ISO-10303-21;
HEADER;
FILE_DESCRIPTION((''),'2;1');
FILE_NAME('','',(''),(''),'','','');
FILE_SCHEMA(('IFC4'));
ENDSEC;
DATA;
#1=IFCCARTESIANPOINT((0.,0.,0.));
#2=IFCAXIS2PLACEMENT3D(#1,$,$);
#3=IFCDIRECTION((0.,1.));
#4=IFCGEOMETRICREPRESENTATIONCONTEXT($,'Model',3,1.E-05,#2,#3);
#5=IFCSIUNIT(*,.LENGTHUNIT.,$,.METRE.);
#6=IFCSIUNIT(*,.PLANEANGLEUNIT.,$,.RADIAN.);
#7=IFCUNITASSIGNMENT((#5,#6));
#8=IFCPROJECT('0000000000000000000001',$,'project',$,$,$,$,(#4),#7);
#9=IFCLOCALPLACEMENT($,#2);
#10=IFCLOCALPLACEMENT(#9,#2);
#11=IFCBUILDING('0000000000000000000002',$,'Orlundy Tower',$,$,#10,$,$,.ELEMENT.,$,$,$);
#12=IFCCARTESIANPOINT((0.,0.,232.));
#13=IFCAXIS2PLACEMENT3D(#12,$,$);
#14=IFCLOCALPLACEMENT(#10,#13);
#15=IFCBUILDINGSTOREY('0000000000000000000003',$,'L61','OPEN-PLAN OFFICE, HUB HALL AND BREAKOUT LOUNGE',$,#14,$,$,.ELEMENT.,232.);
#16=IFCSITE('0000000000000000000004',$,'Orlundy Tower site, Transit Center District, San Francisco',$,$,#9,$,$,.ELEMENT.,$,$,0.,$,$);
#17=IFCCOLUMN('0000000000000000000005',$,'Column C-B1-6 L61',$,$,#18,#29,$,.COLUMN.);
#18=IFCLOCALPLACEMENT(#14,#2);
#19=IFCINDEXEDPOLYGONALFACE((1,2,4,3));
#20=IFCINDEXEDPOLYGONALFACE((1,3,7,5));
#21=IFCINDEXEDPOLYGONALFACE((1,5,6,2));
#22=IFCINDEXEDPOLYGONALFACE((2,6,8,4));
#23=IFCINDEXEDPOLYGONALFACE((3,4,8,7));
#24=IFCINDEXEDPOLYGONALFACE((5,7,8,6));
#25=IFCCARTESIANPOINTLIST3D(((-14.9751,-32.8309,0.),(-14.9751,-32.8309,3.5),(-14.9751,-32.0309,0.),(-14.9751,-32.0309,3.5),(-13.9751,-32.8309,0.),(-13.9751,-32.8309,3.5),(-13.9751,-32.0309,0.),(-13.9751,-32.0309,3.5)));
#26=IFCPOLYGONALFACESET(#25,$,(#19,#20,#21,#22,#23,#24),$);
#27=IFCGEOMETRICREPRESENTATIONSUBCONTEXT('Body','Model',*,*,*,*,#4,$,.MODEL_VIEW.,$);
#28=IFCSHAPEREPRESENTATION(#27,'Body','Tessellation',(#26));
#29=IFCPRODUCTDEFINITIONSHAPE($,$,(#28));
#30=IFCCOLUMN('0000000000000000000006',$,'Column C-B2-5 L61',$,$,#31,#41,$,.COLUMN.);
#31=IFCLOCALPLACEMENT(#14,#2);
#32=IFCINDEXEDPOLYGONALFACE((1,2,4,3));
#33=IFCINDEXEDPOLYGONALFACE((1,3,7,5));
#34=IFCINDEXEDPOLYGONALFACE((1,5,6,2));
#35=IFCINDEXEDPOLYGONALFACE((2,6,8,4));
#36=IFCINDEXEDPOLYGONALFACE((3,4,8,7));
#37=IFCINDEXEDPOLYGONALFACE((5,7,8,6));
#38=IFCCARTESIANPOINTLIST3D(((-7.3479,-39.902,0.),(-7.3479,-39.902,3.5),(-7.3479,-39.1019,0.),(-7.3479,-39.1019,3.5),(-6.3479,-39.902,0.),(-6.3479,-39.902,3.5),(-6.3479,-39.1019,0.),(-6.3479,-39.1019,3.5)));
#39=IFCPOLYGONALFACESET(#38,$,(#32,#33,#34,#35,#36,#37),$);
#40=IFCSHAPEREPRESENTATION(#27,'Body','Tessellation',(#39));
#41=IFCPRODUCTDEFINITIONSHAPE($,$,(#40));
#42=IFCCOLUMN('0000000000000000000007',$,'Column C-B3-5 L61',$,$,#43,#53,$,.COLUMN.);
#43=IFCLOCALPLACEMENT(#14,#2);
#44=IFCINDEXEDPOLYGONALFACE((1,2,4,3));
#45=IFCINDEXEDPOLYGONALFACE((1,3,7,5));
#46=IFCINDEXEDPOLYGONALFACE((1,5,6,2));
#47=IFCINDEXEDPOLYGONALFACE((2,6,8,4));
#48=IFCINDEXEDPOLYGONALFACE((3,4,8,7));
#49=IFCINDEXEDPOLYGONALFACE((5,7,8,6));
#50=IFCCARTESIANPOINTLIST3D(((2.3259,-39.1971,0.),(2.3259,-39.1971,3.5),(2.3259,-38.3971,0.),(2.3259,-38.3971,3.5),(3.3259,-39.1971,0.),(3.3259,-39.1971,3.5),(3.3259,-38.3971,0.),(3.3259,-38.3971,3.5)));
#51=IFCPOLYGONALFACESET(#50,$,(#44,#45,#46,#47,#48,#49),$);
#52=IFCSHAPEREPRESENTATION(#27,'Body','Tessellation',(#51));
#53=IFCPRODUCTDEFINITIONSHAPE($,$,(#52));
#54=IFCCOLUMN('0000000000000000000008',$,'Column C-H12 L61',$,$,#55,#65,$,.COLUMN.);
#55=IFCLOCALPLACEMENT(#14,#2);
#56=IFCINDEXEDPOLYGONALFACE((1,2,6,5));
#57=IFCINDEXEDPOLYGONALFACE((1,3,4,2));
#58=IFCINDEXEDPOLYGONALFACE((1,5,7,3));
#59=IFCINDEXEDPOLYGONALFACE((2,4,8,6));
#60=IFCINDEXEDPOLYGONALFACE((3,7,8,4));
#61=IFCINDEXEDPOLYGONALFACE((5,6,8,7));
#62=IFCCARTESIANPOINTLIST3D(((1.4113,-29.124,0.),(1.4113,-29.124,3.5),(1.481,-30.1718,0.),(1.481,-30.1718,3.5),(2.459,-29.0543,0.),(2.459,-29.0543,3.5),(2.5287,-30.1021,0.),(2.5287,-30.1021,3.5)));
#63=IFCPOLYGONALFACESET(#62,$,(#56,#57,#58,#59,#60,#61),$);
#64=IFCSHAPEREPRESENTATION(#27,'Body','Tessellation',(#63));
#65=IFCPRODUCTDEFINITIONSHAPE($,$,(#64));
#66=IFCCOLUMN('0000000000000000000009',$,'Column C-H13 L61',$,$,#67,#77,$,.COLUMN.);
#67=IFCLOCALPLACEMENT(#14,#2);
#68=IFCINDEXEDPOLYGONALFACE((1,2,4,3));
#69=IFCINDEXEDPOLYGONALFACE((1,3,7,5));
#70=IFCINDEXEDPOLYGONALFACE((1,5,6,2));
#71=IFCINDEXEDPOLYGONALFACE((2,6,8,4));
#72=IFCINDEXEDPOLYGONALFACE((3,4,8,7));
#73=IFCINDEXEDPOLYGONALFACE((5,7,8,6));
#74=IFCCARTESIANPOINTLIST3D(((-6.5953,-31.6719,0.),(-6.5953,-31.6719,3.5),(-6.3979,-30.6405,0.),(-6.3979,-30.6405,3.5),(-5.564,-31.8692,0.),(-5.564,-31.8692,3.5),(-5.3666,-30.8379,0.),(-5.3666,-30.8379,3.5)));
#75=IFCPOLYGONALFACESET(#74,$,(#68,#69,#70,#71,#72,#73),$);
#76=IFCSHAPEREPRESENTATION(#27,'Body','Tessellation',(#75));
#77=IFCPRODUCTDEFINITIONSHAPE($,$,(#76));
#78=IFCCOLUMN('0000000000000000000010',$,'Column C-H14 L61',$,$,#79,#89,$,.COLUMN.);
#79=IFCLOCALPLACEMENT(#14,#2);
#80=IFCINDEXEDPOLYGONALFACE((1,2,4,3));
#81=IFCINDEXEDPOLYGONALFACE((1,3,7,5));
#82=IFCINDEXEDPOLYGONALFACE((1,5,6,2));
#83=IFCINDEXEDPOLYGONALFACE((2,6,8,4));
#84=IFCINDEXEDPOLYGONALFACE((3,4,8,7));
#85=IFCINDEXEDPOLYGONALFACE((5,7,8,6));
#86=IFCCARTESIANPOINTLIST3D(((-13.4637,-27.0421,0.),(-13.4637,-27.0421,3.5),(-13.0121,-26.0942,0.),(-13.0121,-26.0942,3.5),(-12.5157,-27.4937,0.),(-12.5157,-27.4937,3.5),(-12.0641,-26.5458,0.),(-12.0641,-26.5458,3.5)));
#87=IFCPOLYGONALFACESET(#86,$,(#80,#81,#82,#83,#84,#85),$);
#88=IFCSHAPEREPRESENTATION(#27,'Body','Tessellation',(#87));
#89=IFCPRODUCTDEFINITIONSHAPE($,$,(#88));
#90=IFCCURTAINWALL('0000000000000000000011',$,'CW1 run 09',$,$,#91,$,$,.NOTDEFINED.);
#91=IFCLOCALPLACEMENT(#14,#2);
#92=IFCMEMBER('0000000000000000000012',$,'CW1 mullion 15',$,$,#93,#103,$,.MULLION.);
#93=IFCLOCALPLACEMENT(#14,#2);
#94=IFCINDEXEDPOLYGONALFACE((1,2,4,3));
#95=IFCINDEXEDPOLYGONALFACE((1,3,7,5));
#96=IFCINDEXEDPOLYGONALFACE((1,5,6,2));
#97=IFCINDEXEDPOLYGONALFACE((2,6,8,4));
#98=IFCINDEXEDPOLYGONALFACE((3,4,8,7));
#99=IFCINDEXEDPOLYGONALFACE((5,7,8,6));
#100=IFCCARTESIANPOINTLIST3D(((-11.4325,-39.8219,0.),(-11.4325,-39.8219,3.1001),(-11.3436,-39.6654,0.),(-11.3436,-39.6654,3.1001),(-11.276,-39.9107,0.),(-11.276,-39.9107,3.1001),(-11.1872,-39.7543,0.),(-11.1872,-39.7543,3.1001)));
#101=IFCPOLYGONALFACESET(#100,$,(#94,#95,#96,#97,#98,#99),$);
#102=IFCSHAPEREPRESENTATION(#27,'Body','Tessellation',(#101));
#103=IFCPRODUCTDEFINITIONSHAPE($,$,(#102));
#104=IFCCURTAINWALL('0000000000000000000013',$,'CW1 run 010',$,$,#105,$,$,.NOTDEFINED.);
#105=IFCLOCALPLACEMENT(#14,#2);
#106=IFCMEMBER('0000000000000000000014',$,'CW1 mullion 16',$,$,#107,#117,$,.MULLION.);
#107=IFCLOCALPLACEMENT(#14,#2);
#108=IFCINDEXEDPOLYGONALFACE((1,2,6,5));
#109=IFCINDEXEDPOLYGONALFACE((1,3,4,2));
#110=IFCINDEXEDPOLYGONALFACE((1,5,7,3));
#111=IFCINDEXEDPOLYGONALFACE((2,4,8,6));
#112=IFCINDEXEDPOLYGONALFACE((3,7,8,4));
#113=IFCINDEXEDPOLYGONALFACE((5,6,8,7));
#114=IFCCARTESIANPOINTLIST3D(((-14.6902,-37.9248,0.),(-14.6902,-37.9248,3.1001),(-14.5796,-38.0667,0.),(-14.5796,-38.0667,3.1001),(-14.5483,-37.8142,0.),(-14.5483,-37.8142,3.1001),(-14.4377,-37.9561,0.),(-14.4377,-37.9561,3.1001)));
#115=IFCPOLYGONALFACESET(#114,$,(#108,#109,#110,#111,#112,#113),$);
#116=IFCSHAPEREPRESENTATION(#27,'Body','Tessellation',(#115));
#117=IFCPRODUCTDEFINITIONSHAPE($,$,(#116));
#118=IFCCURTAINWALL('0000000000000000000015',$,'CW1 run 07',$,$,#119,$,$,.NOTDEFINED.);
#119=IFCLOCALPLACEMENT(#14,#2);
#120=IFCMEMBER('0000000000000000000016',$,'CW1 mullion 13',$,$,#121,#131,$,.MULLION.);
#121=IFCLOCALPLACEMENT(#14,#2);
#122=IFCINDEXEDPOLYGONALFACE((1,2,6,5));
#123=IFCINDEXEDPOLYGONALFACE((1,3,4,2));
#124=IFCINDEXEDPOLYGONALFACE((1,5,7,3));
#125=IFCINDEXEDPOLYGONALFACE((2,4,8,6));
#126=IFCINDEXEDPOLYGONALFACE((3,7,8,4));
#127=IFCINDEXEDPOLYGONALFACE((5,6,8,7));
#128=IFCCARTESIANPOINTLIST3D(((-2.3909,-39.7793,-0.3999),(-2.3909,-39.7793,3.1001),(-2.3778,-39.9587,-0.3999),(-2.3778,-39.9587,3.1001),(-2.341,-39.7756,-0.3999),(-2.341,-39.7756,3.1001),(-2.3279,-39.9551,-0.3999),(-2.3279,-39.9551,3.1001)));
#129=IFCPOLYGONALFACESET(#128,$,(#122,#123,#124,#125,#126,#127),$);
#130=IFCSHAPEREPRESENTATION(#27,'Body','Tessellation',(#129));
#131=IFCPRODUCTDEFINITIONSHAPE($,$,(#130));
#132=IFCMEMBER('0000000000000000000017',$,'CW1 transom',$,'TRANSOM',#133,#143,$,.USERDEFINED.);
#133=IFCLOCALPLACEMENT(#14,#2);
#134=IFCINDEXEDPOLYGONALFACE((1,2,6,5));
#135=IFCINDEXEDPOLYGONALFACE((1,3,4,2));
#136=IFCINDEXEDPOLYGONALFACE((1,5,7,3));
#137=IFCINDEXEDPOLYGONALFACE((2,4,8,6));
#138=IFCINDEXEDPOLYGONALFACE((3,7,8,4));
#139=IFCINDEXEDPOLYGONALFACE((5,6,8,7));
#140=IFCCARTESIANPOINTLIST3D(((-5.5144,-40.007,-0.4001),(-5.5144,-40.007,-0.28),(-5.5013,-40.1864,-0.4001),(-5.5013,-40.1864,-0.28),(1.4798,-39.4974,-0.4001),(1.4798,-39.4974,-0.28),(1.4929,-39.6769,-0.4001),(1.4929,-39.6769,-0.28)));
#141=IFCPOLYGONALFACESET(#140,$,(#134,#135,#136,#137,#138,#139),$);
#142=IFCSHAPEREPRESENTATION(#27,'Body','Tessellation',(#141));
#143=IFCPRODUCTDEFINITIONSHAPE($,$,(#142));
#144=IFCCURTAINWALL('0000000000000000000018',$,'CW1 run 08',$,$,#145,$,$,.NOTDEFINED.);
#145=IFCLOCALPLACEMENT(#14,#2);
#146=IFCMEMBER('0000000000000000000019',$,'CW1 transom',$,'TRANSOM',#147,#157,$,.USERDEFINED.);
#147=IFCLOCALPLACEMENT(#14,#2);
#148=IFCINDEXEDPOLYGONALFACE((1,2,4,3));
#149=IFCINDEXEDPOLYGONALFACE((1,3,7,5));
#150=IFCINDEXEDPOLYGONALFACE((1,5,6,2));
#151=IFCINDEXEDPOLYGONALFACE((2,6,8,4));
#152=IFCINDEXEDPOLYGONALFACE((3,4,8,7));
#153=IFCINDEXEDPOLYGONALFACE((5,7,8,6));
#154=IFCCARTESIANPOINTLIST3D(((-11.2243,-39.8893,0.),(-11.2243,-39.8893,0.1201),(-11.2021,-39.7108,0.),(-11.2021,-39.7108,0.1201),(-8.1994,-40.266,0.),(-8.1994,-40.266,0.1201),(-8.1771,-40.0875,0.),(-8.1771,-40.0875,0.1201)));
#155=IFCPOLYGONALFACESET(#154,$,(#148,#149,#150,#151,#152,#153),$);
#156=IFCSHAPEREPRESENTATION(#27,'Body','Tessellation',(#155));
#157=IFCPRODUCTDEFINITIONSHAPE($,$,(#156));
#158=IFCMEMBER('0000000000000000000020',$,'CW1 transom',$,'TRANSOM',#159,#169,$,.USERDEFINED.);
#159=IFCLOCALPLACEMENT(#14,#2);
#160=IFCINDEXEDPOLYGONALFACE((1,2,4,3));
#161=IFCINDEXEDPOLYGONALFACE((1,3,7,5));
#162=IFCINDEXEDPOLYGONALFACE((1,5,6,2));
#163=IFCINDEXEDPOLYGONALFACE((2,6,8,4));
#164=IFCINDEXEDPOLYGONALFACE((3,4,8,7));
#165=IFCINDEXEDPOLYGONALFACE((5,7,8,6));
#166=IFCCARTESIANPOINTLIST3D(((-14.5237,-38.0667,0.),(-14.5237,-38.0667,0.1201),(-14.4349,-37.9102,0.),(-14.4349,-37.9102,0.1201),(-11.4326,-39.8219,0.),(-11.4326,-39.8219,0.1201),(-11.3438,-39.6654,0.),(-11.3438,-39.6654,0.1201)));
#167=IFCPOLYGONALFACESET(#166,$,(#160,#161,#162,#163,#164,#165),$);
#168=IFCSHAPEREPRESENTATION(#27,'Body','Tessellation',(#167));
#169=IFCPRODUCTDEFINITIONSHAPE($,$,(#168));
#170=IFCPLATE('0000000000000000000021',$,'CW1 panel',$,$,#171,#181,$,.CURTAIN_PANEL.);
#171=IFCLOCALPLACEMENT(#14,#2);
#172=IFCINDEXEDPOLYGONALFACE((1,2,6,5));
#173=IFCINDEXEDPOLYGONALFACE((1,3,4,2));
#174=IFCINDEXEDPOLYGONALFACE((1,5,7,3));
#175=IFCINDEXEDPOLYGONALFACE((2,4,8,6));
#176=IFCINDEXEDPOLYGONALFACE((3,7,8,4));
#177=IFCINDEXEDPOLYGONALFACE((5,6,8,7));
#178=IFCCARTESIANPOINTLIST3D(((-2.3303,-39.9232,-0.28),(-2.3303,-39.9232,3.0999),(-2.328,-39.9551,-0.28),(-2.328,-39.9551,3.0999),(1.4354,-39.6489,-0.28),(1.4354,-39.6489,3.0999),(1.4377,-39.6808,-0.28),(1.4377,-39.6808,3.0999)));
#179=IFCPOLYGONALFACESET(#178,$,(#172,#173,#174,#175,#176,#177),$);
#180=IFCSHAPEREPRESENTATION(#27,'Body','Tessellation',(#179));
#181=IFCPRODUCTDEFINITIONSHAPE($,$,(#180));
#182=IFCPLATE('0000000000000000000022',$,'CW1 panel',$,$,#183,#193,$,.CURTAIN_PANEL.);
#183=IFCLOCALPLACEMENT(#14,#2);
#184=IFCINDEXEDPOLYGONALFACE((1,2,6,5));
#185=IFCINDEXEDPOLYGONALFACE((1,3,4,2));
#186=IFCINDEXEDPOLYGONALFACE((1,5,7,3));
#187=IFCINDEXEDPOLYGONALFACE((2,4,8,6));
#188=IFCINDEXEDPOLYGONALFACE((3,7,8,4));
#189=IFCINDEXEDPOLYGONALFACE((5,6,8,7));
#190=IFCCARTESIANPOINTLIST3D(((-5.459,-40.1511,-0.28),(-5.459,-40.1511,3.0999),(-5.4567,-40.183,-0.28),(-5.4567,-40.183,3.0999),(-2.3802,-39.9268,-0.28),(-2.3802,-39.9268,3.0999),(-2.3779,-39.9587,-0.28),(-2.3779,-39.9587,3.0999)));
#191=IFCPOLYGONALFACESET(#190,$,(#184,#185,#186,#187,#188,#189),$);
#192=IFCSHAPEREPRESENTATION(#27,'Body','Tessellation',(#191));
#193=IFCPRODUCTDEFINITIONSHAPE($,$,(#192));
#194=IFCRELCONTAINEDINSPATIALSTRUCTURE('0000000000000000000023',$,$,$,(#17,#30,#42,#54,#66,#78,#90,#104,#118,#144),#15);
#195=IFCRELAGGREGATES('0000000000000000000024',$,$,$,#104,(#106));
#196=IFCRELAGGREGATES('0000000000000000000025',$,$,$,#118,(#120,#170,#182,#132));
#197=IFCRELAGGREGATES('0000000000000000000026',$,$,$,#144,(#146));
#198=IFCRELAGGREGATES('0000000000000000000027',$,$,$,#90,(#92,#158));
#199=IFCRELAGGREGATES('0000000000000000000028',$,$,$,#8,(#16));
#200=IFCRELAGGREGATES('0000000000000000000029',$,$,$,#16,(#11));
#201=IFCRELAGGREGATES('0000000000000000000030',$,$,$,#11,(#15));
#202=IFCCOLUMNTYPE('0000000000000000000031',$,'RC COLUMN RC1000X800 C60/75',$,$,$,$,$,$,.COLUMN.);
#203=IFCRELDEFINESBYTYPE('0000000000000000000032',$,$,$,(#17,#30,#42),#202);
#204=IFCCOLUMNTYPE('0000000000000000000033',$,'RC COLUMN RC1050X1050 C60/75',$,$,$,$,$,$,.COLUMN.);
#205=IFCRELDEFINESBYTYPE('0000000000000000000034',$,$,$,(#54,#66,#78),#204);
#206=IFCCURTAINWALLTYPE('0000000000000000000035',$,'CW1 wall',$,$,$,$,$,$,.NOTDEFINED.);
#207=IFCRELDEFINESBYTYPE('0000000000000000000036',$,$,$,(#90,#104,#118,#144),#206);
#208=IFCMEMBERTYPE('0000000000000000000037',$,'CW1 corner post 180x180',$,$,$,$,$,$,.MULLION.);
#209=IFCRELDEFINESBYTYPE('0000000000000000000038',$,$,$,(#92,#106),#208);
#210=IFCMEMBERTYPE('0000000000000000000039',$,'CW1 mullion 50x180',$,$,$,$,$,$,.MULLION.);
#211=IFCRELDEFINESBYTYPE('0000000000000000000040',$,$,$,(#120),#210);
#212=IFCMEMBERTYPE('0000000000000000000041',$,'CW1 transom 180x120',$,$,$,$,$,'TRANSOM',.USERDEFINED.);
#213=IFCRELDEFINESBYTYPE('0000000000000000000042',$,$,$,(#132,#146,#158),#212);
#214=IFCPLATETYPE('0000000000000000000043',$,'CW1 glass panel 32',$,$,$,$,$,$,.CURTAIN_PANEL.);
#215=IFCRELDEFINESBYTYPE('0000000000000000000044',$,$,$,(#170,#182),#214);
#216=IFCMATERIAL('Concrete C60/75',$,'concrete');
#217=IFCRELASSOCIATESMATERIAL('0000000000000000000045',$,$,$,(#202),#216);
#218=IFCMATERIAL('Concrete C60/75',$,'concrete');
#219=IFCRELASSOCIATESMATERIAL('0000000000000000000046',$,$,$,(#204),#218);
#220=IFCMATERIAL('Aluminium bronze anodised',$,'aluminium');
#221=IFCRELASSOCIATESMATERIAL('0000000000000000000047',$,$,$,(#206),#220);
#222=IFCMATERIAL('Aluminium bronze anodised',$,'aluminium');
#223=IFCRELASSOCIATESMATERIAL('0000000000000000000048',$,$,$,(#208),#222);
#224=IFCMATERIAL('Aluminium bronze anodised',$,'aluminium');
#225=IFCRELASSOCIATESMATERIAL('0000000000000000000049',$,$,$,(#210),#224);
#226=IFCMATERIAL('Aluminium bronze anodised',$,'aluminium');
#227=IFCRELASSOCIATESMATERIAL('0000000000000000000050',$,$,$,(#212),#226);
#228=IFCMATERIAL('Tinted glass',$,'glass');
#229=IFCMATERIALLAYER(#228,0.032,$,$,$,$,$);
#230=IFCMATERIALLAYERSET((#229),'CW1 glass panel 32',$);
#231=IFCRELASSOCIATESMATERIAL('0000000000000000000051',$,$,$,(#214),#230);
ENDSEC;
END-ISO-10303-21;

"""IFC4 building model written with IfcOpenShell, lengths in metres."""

from ifc_helpers import new_model, si_unit, direction, frame, origin, origin_2d, place, context, subcontext, project, spatial, rectangle, extrude, material, layer, layer_set, material_profile, profile_set, type_object, element, aggregate, save


model = new_model("IFC4")

# Units and contexts
model_context = context("Model", 3, precision=1e-05, world=origin(), true_north=direction((0.0, 1.0)))
body_context = subcontext(model_context, "Body", "Model", "MODEL_VIEW")
ifc_project = project(units=[si_unit("LENGTHUNIT", "METRE"), si_unit("PLANEANGLEUNIT", "RADIAN")], contexts=[model_context])

# Site, building, storey
site_placement = place(None, origin())
site = spatial("IfcSite", under=ifc_project, at=site_placement, Name="Orlundy Tower site, Transit Center District, San Francisco", CompositionType="ELEMENT", RefElevation=0.0)
building_placement = place(site_placement, origin())
building = spatial("IfcBuilding", under=site, at=building_placement, Name="Orlundy Tower", CompositionType="ELEMENT")
storey_placement = place(building_placement, frame((0.0, 0.0, 232.0)))
storey = spatial("IfcBuildingStorey", under=building, at=storey_placement, Name="L61", Description="OPEN-PLAN OFFICE, HUB HALL AND BREAKOUT LOUNGE", CompositionType="ELEMENT", Elevation=232.0)

# Columns
ifc_material_1 = material(Name="Concrete C60/75", Category="concrete")
ifc_material_profile_1 = material_profile(ifc_material_1, rectangle(XDim=1.0, YDim=0.8, at=origin_2d()), Name="RC1000X800")
ifc_profile_set_1 = profile_set([ifc_material_profile_1], Name="Concrete C60/75")
column_type_1 = type_object("IfcColumnType", Name="RC COLUMN RC1000X800 C60/75", PredefinedType="COLUMN", material=ifc_profile_set_1)
for number, where, z_axis, x_axis, name in (
    (1, (-14.4751, -32.4309, 0.0), (0.0, 0.0, 1.0), (1.0, 0.0, 0.0), "Column C-B1-6 L61"),
    (2, (-6.8479, -39.502, 0.0), (0.0, 0.0, 1.0), (1.0, 0.0, 0.0), "Column C-B2-5 L61"),
    (3, (2.8259, -38.7971, 0.0), (0.0, 0.0, 1.0), (1.0, 0.0, 0.0), "Column C-B3-5 L61"),
):
    element("IfcColumn", number, at=place(storey_placement, frame(where, z_axis=z_axis, x_axis=x_axis)), inside=storey, type_object=column_type_1, Name=name, PredefinedType="COLUMN", context=body_context, shape_type="SweptSolid", body=[
        extrude(rectangle(XDim=1.0, YDim=0.8, at=origin_2d()), origin(), (0.0, 0.0, 1.0), 3.5),
    ])
ifc_material_2 = material(Name="Concrete C60/75", Category="concrete")
ifc_material_profile_2 = material_profile(ifc_material_2, rectangle(XDim=1.05, YDim=1.05, at=origin_2d()), Name="RC1050X1050")
ifc_profile_set_2 = profile_set([ifc_material_profile_2], Name="Concrete C60/75")
column_type_2 = type_object("IfcColumnType", Name="RC COLUMN RC1050X1050 C60/75", PredefinedType="COLUMN", material=ifc_profile_set_2)
for number, where, z_axis, x_axis, name in (
    (4, (1.97, -29.613, 0.0), (0.0, 0.0, 1.0), (0.066378, -0.997795, 0.0), "Column C-H12 L61"),
    (5, (-5.981, -31.2549, 0.0), (0.0, 0.0, 1.0), (-0.187947, -0.982179, 0.0), "Column C-H13 L61"),
    (6, (-12.7639, -26.7939, 0.0), (0.0, 0.0, 1.0), (-0.43007, -0.902796, 0.0), "Column C-H14 L61"),
):
    element("IfcColumn", number, at=place(storey_placement, frame(where, z_axis=z_axis, x_axis=x_axis)), inside=storey, type_object=column_type_2, Name=name, PredefinedType="COLUMN", context=body_context, shape_type="SweptSolid", body=[
        extrude(rectangle(XDim=1.05, YDim=1.05, at=origin_2d()), origin(), (0.0, 0.0, 1.0), 3.5),
    ])

# Curtain walls, members
ifc_material_3 = material(Name="Aluminium bronze anodised", Category="aluminium")
curtain_wall_type = type_object("IfcCurtainWallType", Name="CW1 wall", PredefinedType="NOTDEFINED", material=ifc_material_3)
curtain_wall_1_placement = place(storey_placement, origin())
curtain_wall_1 = element("IfcCurtainWall", 7, at=curtain_wall_1_placement, inside=storey, type_object=curtain_wall_type, Name="CW1 run 09", PredefinedType="NOTDEFINED")
ifc_material_4 = material(Name="Aluminium bronze anodised", Category="aluminium")
ifc_material_profile_3 = material_profile(ifc_material_4, rectangle(XDim=0.1799, YDim=0.1799, at=origin_2d()), Name="CW1 corner post 180x180")
ifc_profile_set_3 = profile_set([ifc_material_profile_3], Name="Aluminium bronze anodised")
member_type_1 = type_object("IfcMemberType", Name="CW1 corner post 180x180", PredefinedType="MULLION", material=ifc_profile_set_3)
member_1_placement = place(storey_placement, frame((-11.3098, -39.7881, 0.0), z_axis=(0.0, 0.0, 1.0), x_axis=(-0.493754, -0.869601, 0.0)))
member_1 = element("IfcMember", 8, at=member_1_placement, type_object=member_type_1, Name="CW1 mullion 15", PredefinedType="MULLION", context=body_context, shape_type="SweptSolid", body=[
    extrude(rectangle(XDim=0.1799, YDim=0.1799, at=origin_2d()), origin(), (0.0, 0.0, 1.0), 3.1001),
])
curtain_wall_2_placement = place(storey_placement, origin())
curtain_wall_2 = element("IfcCurtainWall", 9, at=curtain_wall_2_placement, inside=storey, type_object=curtain_wall_type, Name="CW1 run 010", PredefinedType="NOTDEFINED")
member_2_placement = place(storey_placement, frame((-14.564, -37.9404, 0.0), z_axis=(0.0, 0.0, 1.0), x_axis=(-0.788858, -0.614575, 0.0)))
member_2 = element("IfcMember", 10, at=member_2_placement, type_object=member_type_1, Name="CW1 mullion 16", PredefinedType="MULLION", context=body_context, shape_type="SweptSolid", body=[
    extrude(rectangle(XDim=0.1799, YDim=0.1799, at=origin_2d()), origin(), (0.0, 0.0, 1.0), 3.1001),
])
aggregate(curtain_wall_2, [member_2])

# Curtain wall, members
curtain_wall_3_placement = place(storey_placement, origin())
curtain_wall_3 = element("IfcCurtainWall", 11, at=curtain_wall_3_placement, inside=storey, type_object=curtain_wall_type, Name="CW1 run 07", PredefinedType="NOTDEFINED")
ifc_material_5 = material(Name="Aluminium bronze anodised", Category="aluminium")
ifc_material_profile_4 = material_profile(ifc_material_5, rectangle(XDim=0.1799, YDim=0.05, at=origin_2d()), Name="CW1 mullion 50x180")
ifc_profile_set_4 = profile_set([ifc_material_profile_4], Name="Aluminium bronze anodised")
member_type_2 = type_object("IfcMemberType", Name="CW1 mullion 50x180", PredefinedType="MULLION", material=ifc_profile_set_4)
member_3_placement = place(storey_placement, frame((-2.3594, -39.8672, -0.3999), z_axis=(0.0, 0.0, 1.0), x_axis=(0.072668, -0.997356, 0.0)))
member_3 = element("IfcMember", 12, at=member_3_placement, type_object=member_type_2, Name="CW1 mullion 13", PredefinedType="MULLION", context=body_context, shape_type="SweptSolid", body=[
    extrude(rectangle(XDim=0.1799, YDim=0.05, at=origin_2d()), origin(), (0.0, 0.0, 1.0), 3.5),
])
ifc_material_6 = material(Name="Aluminium bronze anodised", Category="aluminium")
ifc_material_profile_5 = material_profile(ifc_material_6, rectangle(XDim=0.1799, YDim=0.1201, at=origin_2d()), Name="CW1 transom 180x120")
ifc_profile_set_5 = profile_set([ifc_material_profile_5], Name="Aluminium bronze anodised")
member_type_3 = type_object("IfcMemberType", Name="CW1 transom 180x120", ElementType="TRANSOM", PredefinedType="USERDEFINED", material=ifc_profile_set_5)
member_4_placement = place(storey_placement, frame((1.4863, -39.5872, -0.3401), z_axis=(-0.997357, -0.072657, 0.0), x_axis=(0.072657, -0.997357, 0.0)))
member_4 = element("IfcMember", 13, at=member_4_placement, type_object=member_type_3, Name="CW1 transom", ObjectType="TRANSOM", PredefinedType="USERDEFINED", context=body_context, shape_type="SweptSolid", body=[
    extrude(rectangle(XDim=0.1799, YDim=0.1201, at=origin_2d()), origin(), (0.0, 0.0, 1.0), 7.0127),
])

# Curtain wall, member
curtain_wall_4_placement = place(storey_placement, origin())
curtain_wall_4 = element("IfcCurtainWall", 14, at=curtain_wall_4_placement, inside=storey, type_object=curtain_wall_type, Name="CW1 run 08", PredefinedType="NOTDEFINED")
member_5_placement = place(storey_placement, frame((-8.1882, -40.1768, 0.0601), z_axis=(-0.992334, 0.123581, 0.0), x_axis=(-0.123581, -0.992334, 0.0)))
member_5 = element("IfcMember", 15, at=member_5_placement, type_object=member_type_3, Name="CW1 transom", ObjectType="TRANSOM", PredefinedType="USERDEFINED", context=body_context, shape_type="SweptSolid", body=[
    extrude(rectangle(XDim=0.1799, YDim=0.1201, at=origin_2d()), origin(), (0.0, 0.0, 1.0), 3.0483),
])

# Member
member_6_placement = place(storey_placement, frame((-11.3882, -39.7437, 0.0601), z_axis=(-0.869597, 0.493763, 0.0), x_axis=(-0.493763, -0.869597, 0.0)))
member_6 = element("IfcMember", 16, at=member_6_placement, type_object=member_type_3, Name="CW1 transom", ObjectType="TRANSOM", PredefinedType="USERDEFINED", context=body_context, shape_type="SweptSolid", body=[
    extrude(rectangle(XDim=0.1799, YDim=0.1201, at=origin_2d()), origin(), (0.0, 0.0, 1.0), 3.5547),
])

# Plates
ifc_material_7 = material(Name="Tinted glass", Category="glass")
ifc_layer_1 = layer(ifc_material_7, 0.032)
ifc_layer_set_1 = layer_set([ifc_layer_1], Name="CW1 glass panel 32")
plate_type = type_object("IfcPlateType", Name="CW1 glass panel 32", PredefinedType="CURTAIN_PANEL", material=ifc_layer_set_1)
plate_1_placement = place(storey_placement, frame((-0.4463, -39.802, -0.28), z_axis=(0.0, 0.0, 1.0), x_axis=(-0.997356, -0.072668, 0.0)))
plate_1 = element("IfcPlate", 17, at=plate_1_placement, type_object=plate_type, Name="CW1 panel", PredefinedType="CURTAIN_PANEL", context=body_context, shape_type="SweptSolid", body=[
    extrude(rectangle(XDim=3.7756, YDim=0.032, at=origin_2d()), origin(), (0.0, 0.0, 1.0), 3.3799),
])
plate_2_placement = place(storey_placement, frame((-3.9185, -40.0549, -0.28), z_axis=(0.0, 0.0, 1.0), x_axis=(-0.997356, -0.072668, 0.0)))
plate_2 = element("IfcPlate", 18, at=plate_2_placement, type_object=plate_type, Name="CW1 panel", PredefinedType="CURTAIN_PANEL", context=body_context, shape_type="SweptSolid", body=[
    extrude(rectangle(XDim=3.0869, YDim=0.032, at=origin_2d()), origin(), (0.0, 0.0, 1.0), 3.3799),
])
aggregate(curtain_wall_3, [member_3, plate_1, plate_2, member_4])
aggregate(curtain_wall_4, [member_5])
aggregate(curtain_wall_1, [member_1, member_6])

save(model, "model.ifc")
